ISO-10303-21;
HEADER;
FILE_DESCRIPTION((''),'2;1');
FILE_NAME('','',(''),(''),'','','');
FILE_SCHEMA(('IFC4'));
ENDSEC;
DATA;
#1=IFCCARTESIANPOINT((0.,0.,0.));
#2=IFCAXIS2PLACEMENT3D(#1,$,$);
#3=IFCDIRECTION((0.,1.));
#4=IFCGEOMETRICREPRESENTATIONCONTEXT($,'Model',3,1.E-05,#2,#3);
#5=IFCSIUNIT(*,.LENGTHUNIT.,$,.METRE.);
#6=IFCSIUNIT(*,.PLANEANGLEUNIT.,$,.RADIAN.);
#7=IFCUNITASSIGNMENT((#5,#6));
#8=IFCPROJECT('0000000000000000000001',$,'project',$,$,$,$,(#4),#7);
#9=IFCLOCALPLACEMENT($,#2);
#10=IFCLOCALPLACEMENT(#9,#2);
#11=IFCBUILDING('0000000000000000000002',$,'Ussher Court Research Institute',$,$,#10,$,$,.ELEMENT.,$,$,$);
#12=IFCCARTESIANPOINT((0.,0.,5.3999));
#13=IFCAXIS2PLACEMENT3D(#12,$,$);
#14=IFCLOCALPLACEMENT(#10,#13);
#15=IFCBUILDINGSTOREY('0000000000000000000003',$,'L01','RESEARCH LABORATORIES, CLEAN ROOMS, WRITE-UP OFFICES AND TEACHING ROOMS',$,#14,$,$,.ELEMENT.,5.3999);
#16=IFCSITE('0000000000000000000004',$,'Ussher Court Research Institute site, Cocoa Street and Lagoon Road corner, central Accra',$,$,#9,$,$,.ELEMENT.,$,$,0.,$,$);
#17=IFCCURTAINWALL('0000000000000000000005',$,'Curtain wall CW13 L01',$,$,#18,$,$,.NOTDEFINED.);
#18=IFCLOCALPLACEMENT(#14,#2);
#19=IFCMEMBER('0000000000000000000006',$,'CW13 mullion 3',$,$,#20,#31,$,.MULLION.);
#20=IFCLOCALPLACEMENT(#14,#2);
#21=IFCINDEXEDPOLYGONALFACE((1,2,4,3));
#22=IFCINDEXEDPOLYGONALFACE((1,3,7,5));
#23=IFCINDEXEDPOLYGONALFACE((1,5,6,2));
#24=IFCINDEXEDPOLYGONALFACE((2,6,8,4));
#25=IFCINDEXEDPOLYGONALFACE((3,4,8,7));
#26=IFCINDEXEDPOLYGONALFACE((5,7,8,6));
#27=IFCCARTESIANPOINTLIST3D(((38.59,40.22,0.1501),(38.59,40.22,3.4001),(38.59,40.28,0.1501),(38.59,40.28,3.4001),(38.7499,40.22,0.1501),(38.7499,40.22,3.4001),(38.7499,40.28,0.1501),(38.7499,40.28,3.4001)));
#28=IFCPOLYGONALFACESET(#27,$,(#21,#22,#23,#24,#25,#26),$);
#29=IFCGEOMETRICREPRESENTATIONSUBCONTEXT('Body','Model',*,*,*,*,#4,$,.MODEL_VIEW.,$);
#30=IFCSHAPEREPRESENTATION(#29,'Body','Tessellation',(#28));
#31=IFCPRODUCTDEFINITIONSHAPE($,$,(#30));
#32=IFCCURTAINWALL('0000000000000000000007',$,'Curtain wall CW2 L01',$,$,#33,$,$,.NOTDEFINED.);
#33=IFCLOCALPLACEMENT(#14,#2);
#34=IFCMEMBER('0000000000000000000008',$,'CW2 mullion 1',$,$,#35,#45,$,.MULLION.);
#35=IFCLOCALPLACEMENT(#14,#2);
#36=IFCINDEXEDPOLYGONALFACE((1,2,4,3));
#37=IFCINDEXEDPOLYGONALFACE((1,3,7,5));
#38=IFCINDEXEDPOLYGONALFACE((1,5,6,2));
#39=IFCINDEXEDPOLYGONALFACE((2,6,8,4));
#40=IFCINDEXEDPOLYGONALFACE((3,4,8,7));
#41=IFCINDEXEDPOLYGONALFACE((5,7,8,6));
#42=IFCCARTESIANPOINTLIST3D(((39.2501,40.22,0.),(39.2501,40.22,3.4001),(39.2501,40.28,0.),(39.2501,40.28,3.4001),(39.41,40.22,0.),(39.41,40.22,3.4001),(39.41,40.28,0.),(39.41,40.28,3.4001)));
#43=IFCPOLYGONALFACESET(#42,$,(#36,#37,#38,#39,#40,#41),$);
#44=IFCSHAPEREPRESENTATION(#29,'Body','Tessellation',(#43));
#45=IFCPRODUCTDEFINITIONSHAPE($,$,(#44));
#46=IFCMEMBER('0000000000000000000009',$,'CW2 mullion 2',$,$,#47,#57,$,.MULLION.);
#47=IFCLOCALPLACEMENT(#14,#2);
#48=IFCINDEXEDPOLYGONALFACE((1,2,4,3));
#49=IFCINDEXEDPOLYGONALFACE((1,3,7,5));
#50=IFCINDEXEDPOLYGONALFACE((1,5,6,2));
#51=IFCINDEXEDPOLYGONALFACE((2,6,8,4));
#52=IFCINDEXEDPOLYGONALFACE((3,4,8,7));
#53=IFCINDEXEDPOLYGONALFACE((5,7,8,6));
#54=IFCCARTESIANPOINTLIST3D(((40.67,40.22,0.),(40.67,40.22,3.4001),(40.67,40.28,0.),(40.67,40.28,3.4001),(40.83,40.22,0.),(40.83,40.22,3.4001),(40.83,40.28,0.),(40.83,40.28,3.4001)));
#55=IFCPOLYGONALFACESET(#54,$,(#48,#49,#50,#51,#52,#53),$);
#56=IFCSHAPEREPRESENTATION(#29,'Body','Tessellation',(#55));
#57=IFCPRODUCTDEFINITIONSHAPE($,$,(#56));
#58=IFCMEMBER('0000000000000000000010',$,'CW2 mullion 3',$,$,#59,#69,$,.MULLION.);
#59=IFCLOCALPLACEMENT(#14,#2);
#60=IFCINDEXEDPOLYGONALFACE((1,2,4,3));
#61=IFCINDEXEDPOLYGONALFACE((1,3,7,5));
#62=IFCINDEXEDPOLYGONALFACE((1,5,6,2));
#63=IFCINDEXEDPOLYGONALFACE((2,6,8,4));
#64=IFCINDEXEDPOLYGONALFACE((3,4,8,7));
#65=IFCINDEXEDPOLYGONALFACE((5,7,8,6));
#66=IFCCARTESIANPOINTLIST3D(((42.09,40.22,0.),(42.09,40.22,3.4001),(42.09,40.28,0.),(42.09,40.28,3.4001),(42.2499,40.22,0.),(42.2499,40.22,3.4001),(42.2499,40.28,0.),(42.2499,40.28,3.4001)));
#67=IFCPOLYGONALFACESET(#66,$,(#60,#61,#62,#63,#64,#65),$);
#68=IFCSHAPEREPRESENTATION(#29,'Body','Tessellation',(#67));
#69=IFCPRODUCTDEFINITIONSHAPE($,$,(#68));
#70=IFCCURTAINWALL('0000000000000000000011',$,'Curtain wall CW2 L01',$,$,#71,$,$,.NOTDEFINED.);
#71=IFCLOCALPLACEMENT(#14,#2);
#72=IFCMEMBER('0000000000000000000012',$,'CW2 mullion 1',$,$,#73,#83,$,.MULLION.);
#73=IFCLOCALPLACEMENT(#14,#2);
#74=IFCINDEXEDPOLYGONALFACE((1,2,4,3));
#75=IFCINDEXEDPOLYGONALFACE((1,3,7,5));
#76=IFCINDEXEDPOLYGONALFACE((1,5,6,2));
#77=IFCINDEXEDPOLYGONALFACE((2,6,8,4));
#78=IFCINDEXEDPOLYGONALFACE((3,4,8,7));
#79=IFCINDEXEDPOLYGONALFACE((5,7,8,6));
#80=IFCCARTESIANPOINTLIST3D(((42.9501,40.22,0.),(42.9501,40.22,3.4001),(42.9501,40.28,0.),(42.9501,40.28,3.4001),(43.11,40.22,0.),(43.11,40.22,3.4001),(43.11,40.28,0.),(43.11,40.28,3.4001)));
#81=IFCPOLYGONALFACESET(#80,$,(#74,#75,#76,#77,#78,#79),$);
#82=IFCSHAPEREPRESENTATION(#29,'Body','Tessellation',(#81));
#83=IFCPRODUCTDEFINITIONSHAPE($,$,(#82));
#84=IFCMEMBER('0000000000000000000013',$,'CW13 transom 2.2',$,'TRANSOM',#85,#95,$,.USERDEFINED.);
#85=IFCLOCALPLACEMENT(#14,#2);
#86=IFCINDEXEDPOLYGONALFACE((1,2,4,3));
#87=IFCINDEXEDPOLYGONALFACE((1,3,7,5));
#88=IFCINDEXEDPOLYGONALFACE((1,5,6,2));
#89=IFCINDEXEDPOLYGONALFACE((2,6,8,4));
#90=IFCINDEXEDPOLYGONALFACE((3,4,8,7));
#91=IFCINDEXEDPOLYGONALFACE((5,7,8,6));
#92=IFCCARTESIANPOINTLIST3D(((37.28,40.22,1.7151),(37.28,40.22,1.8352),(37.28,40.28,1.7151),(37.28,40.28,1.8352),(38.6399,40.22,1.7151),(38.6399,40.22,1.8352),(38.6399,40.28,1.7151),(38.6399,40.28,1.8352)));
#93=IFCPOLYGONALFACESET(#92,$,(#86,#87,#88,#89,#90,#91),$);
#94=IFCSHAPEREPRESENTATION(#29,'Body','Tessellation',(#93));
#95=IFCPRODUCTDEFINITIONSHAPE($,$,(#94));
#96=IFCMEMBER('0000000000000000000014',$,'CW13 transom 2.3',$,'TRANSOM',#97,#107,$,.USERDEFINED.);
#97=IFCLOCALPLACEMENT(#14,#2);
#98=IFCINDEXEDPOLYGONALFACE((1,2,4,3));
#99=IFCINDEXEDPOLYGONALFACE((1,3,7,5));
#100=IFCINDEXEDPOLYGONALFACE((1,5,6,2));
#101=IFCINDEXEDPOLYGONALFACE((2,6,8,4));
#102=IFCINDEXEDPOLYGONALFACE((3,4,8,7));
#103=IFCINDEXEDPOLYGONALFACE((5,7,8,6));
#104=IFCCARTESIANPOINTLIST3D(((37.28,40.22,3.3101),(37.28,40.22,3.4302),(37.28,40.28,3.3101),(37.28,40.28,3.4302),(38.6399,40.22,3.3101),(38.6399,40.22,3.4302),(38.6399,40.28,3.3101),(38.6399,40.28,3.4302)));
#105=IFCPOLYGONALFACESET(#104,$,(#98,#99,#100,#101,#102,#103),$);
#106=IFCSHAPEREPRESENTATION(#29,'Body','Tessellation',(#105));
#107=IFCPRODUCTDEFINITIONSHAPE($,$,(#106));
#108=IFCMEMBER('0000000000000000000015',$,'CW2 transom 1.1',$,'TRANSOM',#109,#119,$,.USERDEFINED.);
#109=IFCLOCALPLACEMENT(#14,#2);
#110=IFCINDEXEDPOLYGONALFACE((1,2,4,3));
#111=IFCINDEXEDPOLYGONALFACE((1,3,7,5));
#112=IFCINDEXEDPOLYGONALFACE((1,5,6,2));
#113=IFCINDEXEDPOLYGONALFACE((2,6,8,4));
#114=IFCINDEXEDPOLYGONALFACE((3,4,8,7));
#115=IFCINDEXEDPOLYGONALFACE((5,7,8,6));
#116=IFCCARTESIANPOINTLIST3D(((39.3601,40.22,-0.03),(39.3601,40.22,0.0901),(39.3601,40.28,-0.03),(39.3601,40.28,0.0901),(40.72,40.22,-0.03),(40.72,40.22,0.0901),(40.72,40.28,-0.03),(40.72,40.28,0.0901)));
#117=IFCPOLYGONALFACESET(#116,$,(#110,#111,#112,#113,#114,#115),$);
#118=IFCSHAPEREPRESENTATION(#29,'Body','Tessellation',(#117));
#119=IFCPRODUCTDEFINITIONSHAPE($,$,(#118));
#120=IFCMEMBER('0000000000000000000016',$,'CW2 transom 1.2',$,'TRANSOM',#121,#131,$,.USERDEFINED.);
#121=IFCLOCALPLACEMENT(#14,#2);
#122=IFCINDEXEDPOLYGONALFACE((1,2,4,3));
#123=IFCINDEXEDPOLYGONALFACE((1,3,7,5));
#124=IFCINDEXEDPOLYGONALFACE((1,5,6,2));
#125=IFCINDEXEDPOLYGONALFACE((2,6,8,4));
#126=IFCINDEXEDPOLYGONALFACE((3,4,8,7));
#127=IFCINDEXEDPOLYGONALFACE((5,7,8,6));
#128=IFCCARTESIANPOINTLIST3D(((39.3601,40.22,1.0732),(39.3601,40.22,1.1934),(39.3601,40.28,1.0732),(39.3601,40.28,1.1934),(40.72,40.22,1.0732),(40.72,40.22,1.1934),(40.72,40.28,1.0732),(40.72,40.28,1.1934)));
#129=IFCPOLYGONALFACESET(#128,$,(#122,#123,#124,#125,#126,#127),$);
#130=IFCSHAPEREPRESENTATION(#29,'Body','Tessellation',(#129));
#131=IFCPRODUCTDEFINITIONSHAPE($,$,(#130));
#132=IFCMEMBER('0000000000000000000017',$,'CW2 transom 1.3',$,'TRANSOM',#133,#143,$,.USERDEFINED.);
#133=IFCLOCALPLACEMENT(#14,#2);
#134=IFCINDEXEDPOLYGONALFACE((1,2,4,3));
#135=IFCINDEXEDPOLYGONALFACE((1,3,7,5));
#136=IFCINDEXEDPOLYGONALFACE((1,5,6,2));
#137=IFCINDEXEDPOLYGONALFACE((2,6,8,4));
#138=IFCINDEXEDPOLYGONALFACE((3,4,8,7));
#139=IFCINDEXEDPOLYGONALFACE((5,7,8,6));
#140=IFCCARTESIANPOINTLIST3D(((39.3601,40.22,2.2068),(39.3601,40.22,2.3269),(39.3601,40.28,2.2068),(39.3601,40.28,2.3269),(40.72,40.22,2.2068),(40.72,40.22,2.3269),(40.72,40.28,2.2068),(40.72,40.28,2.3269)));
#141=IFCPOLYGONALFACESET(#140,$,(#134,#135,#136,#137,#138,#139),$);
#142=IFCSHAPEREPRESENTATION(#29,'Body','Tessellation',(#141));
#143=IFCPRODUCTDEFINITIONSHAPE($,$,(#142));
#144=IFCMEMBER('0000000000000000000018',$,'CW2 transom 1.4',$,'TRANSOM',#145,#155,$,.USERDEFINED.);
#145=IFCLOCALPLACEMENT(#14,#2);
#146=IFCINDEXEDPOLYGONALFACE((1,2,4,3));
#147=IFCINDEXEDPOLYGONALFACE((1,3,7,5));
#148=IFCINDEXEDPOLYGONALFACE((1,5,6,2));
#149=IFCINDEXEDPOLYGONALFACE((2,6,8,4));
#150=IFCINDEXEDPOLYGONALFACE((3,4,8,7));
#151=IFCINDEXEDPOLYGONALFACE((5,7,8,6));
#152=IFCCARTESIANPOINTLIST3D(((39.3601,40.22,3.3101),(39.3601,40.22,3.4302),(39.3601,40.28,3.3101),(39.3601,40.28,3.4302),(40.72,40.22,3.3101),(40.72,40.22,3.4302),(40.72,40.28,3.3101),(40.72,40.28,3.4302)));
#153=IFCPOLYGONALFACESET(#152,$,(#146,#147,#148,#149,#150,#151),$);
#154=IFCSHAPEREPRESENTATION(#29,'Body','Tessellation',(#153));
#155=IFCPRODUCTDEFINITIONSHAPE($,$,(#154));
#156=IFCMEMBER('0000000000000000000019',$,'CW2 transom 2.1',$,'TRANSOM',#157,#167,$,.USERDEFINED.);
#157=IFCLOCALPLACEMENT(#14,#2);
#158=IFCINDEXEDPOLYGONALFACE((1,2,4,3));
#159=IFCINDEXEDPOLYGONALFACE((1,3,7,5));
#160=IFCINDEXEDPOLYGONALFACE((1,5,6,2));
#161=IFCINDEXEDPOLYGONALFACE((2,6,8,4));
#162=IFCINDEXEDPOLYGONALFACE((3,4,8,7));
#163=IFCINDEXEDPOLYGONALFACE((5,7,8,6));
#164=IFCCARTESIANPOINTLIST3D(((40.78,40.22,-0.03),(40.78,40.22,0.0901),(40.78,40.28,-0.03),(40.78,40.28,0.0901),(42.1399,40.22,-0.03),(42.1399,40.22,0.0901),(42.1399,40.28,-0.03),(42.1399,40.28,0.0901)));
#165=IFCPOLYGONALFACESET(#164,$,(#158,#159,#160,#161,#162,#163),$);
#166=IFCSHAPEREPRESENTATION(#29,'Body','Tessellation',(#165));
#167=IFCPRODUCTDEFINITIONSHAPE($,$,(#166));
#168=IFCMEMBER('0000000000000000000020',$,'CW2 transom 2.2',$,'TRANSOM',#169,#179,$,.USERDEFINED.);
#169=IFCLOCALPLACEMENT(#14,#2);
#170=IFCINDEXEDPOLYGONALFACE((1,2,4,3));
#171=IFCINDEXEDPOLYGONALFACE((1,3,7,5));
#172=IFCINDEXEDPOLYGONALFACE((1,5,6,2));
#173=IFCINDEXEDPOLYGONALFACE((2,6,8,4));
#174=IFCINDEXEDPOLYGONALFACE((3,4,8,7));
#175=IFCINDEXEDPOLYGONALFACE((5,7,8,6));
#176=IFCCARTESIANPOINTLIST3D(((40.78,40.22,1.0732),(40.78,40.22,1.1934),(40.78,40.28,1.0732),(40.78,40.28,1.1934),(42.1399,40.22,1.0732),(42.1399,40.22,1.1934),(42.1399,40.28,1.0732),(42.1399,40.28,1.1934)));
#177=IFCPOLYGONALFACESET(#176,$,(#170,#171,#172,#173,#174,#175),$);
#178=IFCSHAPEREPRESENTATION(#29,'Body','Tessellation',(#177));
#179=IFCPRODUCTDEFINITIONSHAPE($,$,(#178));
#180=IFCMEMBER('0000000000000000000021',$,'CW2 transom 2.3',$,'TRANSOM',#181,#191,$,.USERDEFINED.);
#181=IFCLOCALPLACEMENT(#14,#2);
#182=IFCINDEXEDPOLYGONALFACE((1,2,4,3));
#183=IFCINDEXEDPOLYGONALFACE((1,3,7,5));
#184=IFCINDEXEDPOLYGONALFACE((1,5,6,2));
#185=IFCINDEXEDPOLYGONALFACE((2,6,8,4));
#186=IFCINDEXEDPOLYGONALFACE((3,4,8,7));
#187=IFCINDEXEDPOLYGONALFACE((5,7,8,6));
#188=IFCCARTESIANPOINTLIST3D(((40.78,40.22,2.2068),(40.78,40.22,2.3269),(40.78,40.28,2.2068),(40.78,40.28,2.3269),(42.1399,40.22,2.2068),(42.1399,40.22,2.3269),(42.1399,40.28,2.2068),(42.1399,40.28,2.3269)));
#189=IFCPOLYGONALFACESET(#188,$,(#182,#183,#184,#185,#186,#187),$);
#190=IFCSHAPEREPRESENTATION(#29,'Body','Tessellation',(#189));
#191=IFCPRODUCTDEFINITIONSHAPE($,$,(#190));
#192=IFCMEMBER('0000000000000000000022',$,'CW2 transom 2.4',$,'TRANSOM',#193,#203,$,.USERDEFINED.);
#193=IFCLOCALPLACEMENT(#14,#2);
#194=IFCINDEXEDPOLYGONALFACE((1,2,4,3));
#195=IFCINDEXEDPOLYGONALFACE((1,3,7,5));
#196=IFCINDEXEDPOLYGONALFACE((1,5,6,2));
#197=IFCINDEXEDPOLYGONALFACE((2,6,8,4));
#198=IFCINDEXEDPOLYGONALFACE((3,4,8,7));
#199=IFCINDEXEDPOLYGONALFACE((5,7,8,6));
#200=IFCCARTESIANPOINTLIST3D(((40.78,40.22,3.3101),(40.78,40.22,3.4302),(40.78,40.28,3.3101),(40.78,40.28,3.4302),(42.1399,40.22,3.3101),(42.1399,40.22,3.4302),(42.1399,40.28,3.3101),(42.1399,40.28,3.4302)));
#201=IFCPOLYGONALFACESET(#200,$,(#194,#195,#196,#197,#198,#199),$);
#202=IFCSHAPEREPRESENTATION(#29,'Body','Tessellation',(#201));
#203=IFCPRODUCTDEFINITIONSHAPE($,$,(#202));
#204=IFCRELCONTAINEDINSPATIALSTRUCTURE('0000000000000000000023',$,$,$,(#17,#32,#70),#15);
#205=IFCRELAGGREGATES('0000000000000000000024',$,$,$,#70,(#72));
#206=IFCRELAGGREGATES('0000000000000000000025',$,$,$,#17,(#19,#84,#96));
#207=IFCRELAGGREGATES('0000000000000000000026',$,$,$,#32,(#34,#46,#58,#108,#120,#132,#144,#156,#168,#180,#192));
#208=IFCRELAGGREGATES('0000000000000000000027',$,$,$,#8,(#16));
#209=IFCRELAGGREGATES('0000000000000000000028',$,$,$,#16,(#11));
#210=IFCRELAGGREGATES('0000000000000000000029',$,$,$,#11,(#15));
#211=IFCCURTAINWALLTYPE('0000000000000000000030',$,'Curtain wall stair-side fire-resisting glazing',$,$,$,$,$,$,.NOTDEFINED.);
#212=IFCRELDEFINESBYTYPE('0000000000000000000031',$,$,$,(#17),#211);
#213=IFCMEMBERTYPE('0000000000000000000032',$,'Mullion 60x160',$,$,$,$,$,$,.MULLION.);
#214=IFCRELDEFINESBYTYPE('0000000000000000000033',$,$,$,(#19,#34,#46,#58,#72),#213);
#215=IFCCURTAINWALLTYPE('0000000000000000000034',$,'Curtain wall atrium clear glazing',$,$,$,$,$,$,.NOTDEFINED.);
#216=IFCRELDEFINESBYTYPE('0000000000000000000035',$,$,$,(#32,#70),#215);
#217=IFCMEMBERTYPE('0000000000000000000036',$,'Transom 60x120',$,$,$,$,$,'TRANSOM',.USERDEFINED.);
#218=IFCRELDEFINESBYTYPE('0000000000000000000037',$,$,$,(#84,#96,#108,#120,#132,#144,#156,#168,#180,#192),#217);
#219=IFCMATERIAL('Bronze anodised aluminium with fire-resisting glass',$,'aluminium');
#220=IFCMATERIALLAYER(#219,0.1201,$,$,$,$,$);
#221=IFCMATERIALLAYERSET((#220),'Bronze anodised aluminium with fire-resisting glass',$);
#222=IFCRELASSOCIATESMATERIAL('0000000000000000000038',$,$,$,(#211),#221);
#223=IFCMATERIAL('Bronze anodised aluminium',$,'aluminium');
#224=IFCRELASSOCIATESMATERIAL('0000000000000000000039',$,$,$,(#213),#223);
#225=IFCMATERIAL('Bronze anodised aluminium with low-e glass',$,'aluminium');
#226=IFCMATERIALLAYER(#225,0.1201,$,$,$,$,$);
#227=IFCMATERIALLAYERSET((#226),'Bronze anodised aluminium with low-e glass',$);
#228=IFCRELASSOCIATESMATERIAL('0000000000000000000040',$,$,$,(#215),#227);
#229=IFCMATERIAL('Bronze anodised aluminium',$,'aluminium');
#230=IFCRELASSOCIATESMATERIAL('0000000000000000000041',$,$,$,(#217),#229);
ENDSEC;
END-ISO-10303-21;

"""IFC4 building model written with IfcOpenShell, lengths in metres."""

from ifc_helpers import new_model, si_unit, direction, frame, origin, origin_2d, place, context, subcontext, project, spatial, rectangle, extrude, material, layer, layer_set, material_profile, profile_set, type_object, element, aggregate, save


model = new_model("IFC4")

# Units and contexts
model_context = context("Model", 3, precision=1e-05, world=origin(), true_north=direction((0.0, 1.0)))
body_context = subcontext(model_context, "Body", "Model", "MODEL_VIEW")
ifc_project = project(units=[si_unit("LENGTHUNIT", "METRE"), si_unit("PLANEANGLEUNIT", "RADIAN")], contexts=[model_context])

# Site, building, storey
site_placement = place(None, origin())
site = spatial("IfcSite", under=ifc_project, at=site_placement, Name="Ussher Court Research Institute site, Cocoa Street and Lagoon Road corner, central Accra", CompositionType="ELEMENT", RefElevation=0.0)
building_placement = place(site_placement, origin())
building = spatial("IfcBuilding", under=site, at=building_placement, Name="Ussher Court Research Institute", CompositionType="ELEMENT")
storey_placement = place(building_placement, frame((0.0, 0.0, 5.3999)))
storey = spatial("IfcBuildingStorey", under=building, at=storey_placement, Name="L01", Description="RESEARCH LABORATORIES, CLEAN ROOMS, WRITE-UP OFFICES AND TEACHING ROOMS", CompositionType="ELEMENT", Elevation=5.3999)

# Curtain wall, member
ifc_material_1 = material(Name="Bronze anodised aluminium with fire-resisting glass", Category="aluminium")
ifc_layer_1 = layer(ifc_material_1, 0.1201)
ifc_layer_set_1 = layer_set([ifc_layer_1], Name="Bronze anodised aluminium with fire-resisting glass")
curtain_wall_type_1 = type_object("IfcCurtainWallType", Name="Curtain wall stair-side fire-resisting glazing", PredefinedType="NOTDEFINED", material=ifc_layer_set_1)
curtain_wall_1_placement = place(storey_placement, origin())
curtain_wall_1 = element("IfcCurtainWall", 1, at=curtain_wall_1_placement, inside=storey, type_object=curtain_wall_type_1, Name="Curtain wall CW13 L01", PredefinedType="NOTDEFINED")
ifc_material_2 = material(Name="Bronze anodised aluminium", Category="aluminium")
ifc_material_profile_1 = material_profile(ifc_material_2, rectangle(XDim=0.0601, YDim=0.1599, at=origin_2d()), Name="Mullion 60x160")
ifc_profile_set_1 = profile_set([ifc_material_profile_1], Name="Bronze anodised aluminium")
member_type_1 = type_object("IfcMemberType", Name="Mullion 60x160", PredefinedType="MULLION", material=ifc_profile_set_1)
member_1_placement = place(storey_placement, frame((38.6699, 40.25, 0.1501), z_axis=(0.0, 0.0, 1.0), x_axis=(0.0, 1.0, 0.0)))
member_1 = element("IfcMember", 2, at=member_1_placement, type_object=member_type_1, Name="CW13 mullion 3", PredefinedType="MULLION", context=body_context, shape_type="SweptSolid", body=[
    extrude(rectangle(XDim=0.0601, YDim=0.1599, at=origin_2d()), origin(), (0.0, 0.0, 1.0), 3.25),
])

# Curtain wall, members
ifc_material_3 = material(Name="Bronze anodised aluminium with low-e glass", Category="aluminium")
ifc_layer_2 = layer(ifc_material_3, 0.1201)
ifc_layer_set_2 = layer_set([ifc_layer_2], Name="Bronze anodised aluminium with low-e glass")
curtain_wall_type_2 = type_object("IfcCurtainWallType", Name="Curtain wall atrium clear glazing", PredefinedType="NOTDEFINED", material=ifc_layer_set_2)
curtain_wall_2_placement = place(storey_placement, origin())
curtain_wall_2 = element("IfcCurtainWall", 3, at=curtain_wall_2_placement, inside=storey, type_object=curtain_wall_type_2, Name="Curtain wall CW2 L01", PredefinedType="NOTDEFINED")
member_2_placement = place(storey_placement, frame((39.3301, 40.25, 0.0), z_axis=(0.0, 0.0, 1.0), x_axis=(0.0, 1.0, 0.0)))
member_2 = element("IfcMember", 4, at=member_2_placement, type_object=member_type_1, Name="CW2 mullion 1", PredefinedType="MULLION", context=body_context, shape_type="SweptSolid", body=[
    extrude(rectangle(XDim=0.0601, YDim=0.1599, at=origin_2d()), origin(), (0.0, 0.0, 1.0), 3.4001),
])
member_3_placement = place(storey_placement, frame((40.75, 40.25, 0.0), z_axis=(0.0, 0.0, 1.0), x_axis=(0.0, 1.0, 0.0)))
member_3 = element("IfcMember", 5, at=member_3_placement, type_object=member_type_1, Name="CW2 mullion 2", PredefinedType="MULLION", context=body_context, shape_type="SweptSolid", body=[
    extrude(rectangle(XDim=0.0601, YDim=0.1599, at=origin_2d()), origin(), (0.0, 0.0, 1.0), 3.4001),
])
member_4_placement = place(storey_placement, frame((42.1699, 40.25, 0.0), z_axis=(0.0, 0.0, 1.0), x_axis=(0.0, 1.0, 0.0)))
member_4 = element("IfcMember", 6, at=member_4_placement, type_object=member_type_1, Name="CW2 mullion 3", PredefinedType="MULLION", context=body_context, shape_type="SweptSolid", body=[
    extrude(rectangle(XDim=0.0601, YDim=0.1599, at=origin_2d()), origin(), (0.0, 0.0, 1.0), 3.4001),
])

# Curtain wall, member
curtain_wall_3_placement = place(storey_placement, origin())
curtain_wall_3 = element("IfcCurtainWall", 7, at=curtain_wall_3_placement, inside=storey, type_object=curtain_wall_type_2, Name="Curtain wall CW2 L01", PredefinedType="NOTDEFINED")
member_5_placement = place(storey_placement, frame((43.03, 40.25, 0.0), z_axis=(0.0, 0.0, 1.0), x_axis=(0.0, 1.0, 0.0)))
member_5 = element("IfcMember", 8, at=member_5_placement, type_object=member_type_1, Name="CW2 mullion 1", PredefinedType="MULLION", context=body_context, shape_type="SweptSolid", body=[
    extrude(rectangle(XDim=0.0601, YDim=0.1599, at=origin_2d()), origin(), (0.0, 0.0, 1.0), 3.4001),
])

# Members
ifc_material_4 = material(Name="Bronze anodised aluminium", Category="aluminium")
ifc_material_profile_2 = material_profile(ifc_material_4, rectangle(XDim=0.0601, YDim=0.1201, at=origin_2d()), Name="Transom 60x120")
ifc_profile_set_2 = profile_set([ifc_material_profile_2], Name="Bronze anodised aluminium")
member_type_2 = type_object("IfcMemberType", Name="Transom 60x120", ElementType="TRANSOM", PredefinedType="USERDEFINED", material=ifc_profile_set_2)
member_6_placement = place(storey_placement, frame((37.28, 40.25, 1.7751), z_axis=(1.0, 0.0, 0.0), x_axis=(0.0, 1.0, 0.0)))
member_6 = element("IfcMember", 9, at=member_6_placement, type_object=member_type_2, Name="CW13 transom 2.2", ObjectType="TRANSOM", PredefinedType="USERDEFINED", context=body_context, shape_type="SweptSolid", body=[
    extrude(rectangle(XDim=0.0601, YDim=0.1201, at=origin_2d()), origin(), (0.0, 0.0, 1.0), 1.3599),
])
member_7_placement = place(storey_placement, frame((37.28, 40.25, 3.3701), z_axis=(1.0, 0.0, 0.0), x_axis=(0.0, 1.0, 0.0)))
member_7 = element("IfcMember", 10, at=member_7_placement, type_object=member_type_2, Name="CW13 transom 2.3", ObjectType="TRANSOM", PredefinedType="USERDEFINED", context=body_context, shape_type="SweptSolid", body=[
    extrude(rectangle(XDim=0.0601, YDim=0.1201, at=origin_2d()), origin(), (0.0, 0.0, 1.0), 1.3599),
])
member_8_placement = place(storey_placement, frame((39.3601, 40.25, 0.03), z_axis=(1.0, 0.0, 0.0), x_axis=(0.0, 1.0, 0.0)))
member_8 = element("IfcMember", 11, at=member_8_placement, type_object=member_type_2, Name="CW2 transom 1.1", ObjectType="TRANSOM", PredefinedType="USERDEFINED", context=body_context, shape_type="SweptSolid", body=[
    extrude(rectangle(XDim=0.0601, YDim=0.1201, at=origin_2d()), origin(), (0.0, 0.0, 1.0), 1.3599),
])
member_9_placement = place(storey_placement, frame((39.3601, 40.25, 1.1333), z_axis=(1.0, 0.0, 0.0), x_axis=(0.0, 1.0, 0.0)))
member_9 = element("IfcMember", 12, at=member_9_placement, type_object=member_type_2, Name="CW2 transom 1.2", ObjectType="TRANSOM", PredefinedType="USERDEFINED", context=body_context, shape_type="SweptSolid", body=[
    extrude(rectangle(XDim=0.0601, YDim=0.1201, at=origin_2d()), origin(), (0.0, 0.0, 1.0), 1.3599),
])
member_10_placement = place(storey_placement, frame((39.3601, 40.25, 2.2668), z_axis=(1.0, 0.0, 0.0), x_axis=(0.0, 1.0, 0.0)))
member_10 = element("IfcMember", 13, at=member_10_placement, type_object=member_type_2, Name="CW2 transom 1.3", ObjectType="TRANSOM", PredefinedType="USERDEFINED", context=body_context, shape_type="SweptSolid", body=[
    extrude(rectangle(XDim=0.0601, YDim=0.1201, at=origin_2d()), origin(), (0.0, 0.0, 1.0), 1.3599),
])
member_11_placement = place(storey_placement, frame((39.3601, 40.25, 3.3701), z_axis=(1.0, 0.0, 0.0), x_axis=(0.0, 1.0, 0.0)))
member_11 = element("IfcMember", 14, at=member_11_placement, type_object=member_type_2, Name="CW2 transom 1.4", ObjectType="TRANSOM", PredefinedType="USERDEFINED", context=body_context, shape_type="SweptSolid", body=[
    extrude(rectangle(XDim=0.0601, YDim=0.1201, at=origin_2d()), origin(), (0.0, 0.0, 1.0), 1.3599),
])
member_12_placement = place(storey_placement, frame((40.78, 40.25, 0.03), z_axis=(1.0, 0.0, 0.0), x_axis=(0.0, 1.0, 0.0)))
member_12 = element("IfcMember", 15, at=member_12_placement, type_object=member_type_2, Name="CW2 transom 2.1", ObjectType="TRANSOM", PredefinedType="USERDEFINED", context=body_context, shape_type="SweptSolid", body=[
    extrude(rectangle(XDim=0.0601, YDim=0.1201, at=origin_2d()), origin(), (0.0, 0.0, 1.0), 1.3599),
])
member_13_placement = place(storey_placement, frame((40.78, 40.25, 1.1333), z_axis=(1.0, 0.0, 0.0), x_axis=(0.0, 1.0, 0.0)))
member_13 = element("IfcMember", 16, at=member_13_placement, type_object=member_type_2, Name="CW2 transom 2.2", ObjectType="TRANSOM", PredefinedType="USERDEFINED", context=body_context, shape_type="SweptSolid", body=[
    extrude(rectangle(XDim=0.0601, YDim=0.1201, at=origin_2d()), origin(), (0.0, 0.0, 1.0), 1.3599),
])
member_14_placement = place(storey_placement, frame((40.78, 40.25, 2.2668), z_axis=(1.0, 0.0, 0.0), x_axis=(0.0, 1.0, 0.0)))
member_14 = element("IfcMember", 17, at=member_14_placement, type_object=member_type_2, Name="CW2 transom 2.3", ObjectType="TRANSOM", PredefinedType="USERDEFINED", context=body_context, shape_type="SweptSolid", body=[
    extrude(rectangle(XDim=0.0601, YDim=0.1201, at=origin_2d()), origin(), (0.0, 0.0, 1.0), 1.3599),
])
member_15_placement = place(storey_placement, frame((40.78, 40.25, 3.3701), z_axis=(1.0, 0.0, 0.0), x_axis=(0.0, 1.0, 0.0)))
member_15 = element("IfcMember", 18, at=member_15_placement, type_object=member_type_2, Name="CW2 transom 2.4", ObjectType="TRANSOM", PredefinedType="USERDEFINED", context=body_context, shape_type="SweptSolid", body=[
    extrude(rectangle(XDim=0.0601, YDim=0.1201, at=origin_2d()), origin(), (0.0, 0.0, 1.0), 1.3599),
])
aggregate(curtain_wall_3, [member_5])

aggregate(curtain_wall_1, [member_1, member_6, member_7])
aggregate(curtain_wall_2, [member_2, member_3, member_4, member_8, member_9, member_10, member_11, member_12, member_13, member_14, member_15])

save(model, "model.ifc")
